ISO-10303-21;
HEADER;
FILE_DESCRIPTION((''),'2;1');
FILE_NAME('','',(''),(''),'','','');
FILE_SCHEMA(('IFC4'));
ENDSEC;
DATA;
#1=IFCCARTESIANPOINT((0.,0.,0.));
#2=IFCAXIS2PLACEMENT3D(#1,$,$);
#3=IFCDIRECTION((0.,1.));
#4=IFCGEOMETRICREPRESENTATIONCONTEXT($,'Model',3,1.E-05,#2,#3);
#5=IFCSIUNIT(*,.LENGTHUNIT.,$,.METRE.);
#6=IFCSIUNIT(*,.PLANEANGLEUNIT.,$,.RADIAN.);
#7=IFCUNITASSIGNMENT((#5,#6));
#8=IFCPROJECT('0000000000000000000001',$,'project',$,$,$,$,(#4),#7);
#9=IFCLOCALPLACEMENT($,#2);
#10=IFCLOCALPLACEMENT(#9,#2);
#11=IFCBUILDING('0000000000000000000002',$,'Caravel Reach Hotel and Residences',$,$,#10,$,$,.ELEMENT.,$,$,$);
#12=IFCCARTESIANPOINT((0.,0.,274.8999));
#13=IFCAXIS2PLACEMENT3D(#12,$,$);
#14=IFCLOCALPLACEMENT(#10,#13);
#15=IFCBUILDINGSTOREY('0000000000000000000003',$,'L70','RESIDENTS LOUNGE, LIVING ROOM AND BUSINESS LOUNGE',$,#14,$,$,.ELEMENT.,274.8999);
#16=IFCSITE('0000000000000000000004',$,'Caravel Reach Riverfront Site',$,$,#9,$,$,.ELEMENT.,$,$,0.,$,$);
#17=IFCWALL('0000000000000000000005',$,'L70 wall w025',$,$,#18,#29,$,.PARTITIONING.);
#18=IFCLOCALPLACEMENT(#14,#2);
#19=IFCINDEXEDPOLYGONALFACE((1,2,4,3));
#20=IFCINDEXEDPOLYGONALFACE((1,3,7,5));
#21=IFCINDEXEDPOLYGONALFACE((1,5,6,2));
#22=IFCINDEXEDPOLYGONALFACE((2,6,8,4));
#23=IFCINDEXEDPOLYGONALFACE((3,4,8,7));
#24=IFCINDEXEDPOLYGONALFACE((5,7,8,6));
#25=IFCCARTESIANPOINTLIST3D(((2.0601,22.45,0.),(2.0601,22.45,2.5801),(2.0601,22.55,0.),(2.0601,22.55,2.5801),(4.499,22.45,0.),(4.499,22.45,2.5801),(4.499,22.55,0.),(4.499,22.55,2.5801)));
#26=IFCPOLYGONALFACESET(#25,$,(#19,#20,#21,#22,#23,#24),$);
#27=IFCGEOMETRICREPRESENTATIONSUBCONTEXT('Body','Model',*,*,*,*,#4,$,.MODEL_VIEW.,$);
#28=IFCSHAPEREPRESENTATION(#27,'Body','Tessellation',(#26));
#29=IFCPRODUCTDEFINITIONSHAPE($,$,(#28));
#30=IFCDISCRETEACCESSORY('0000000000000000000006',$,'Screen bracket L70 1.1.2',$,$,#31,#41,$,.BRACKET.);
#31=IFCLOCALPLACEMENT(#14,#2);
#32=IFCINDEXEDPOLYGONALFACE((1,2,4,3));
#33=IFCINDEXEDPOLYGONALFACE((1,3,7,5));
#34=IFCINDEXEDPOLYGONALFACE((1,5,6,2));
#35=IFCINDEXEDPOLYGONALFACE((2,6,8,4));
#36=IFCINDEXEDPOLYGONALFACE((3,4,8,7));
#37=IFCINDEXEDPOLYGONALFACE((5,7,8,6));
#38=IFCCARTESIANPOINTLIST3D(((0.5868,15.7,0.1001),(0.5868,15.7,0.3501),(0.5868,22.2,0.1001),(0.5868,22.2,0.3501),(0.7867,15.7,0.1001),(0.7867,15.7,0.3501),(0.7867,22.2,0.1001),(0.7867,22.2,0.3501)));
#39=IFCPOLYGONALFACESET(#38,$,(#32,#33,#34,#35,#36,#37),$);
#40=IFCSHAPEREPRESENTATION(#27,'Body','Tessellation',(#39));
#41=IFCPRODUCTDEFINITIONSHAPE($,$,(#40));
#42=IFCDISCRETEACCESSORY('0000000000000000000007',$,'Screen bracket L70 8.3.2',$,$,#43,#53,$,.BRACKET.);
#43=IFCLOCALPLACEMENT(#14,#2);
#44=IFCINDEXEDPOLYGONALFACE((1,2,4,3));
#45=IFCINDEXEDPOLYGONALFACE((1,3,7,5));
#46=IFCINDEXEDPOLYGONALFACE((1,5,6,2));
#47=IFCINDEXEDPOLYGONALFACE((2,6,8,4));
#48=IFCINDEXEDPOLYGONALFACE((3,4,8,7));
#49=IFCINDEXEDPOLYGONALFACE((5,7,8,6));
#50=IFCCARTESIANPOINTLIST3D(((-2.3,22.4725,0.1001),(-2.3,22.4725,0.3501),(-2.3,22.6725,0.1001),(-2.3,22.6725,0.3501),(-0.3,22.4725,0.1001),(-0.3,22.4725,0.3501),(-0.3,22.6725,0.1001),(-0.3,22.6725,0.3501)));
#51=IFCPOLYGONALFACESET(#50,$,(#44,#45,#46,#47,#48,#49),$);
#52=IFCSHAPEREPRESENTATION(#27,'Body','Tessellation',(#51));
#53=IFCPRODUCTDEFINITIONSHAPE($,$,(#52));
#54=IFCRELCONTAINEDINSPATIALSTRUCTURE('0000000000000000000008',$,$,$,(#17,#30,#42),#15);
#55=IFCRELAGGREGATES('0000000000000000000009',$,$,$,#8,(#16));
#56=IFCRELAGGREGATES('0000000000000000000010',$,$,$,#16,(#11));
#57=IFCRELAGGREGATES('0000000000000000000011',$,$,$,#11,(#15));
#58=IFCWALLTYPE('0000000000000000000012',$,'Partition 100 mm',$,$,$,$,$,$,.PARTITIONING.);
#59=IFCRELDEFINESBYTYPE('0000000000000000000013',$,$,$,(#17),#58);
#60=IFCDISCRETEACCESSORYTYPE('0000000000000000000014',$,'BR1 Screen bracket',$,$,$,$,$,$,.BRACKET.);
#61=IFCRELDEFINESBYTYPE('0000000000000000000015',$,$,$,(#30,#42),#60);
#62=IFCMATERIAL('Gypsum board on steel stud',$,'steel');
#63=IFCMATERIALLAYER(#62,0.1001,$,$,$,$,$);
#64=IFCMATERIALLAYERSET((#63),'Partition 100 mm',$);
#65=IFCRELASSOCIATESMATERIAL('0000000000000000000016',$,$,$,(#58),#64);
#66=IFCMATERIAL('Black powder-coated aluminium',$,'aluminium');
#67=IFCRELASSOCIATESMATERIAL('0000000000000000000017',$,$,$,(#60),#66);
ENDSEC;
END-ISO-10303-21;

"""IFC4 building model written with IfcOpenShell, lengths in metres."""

from ifc_helpers import new_model, si_unit, direction, frame, frame_2d, origin, origin_2d, place, context, subcontext, project, spatial, rectangle, extrude, material, layer, layer_set, type_object, element, save


model = new_model("IFC4")

# Units and contexts
model_context = context("Model", 3, precision=1e-05, world=origin(), true_north=direction((0.0, 1.0)))
body_context = subcontext(model_context, "Body", "Model", "MODEL_VIEW")
ifc_project = project(units=[si_unit("LENGTHUNIT", "METRE"), si_unit("PLANEANGLEUNIT", "RADIAN")], contexts=[model_context])

# Site, building, storey
site_placement = place(None, origin())
site = spatial("IfcSite", under=ifc_project, at=site_placement, Name="Caravel Reach Riverfront Site", CompositionType="ELEMENT", RefElevation=0.0)
building_placement = place(site_placement, origin())
building = spatial("IfcBuilding", under=site, at=building_placement, Name="Caravel Reach Hotel and Residences", CompositionType="ELEMENT")
storey_placement = place(building_placement, frame((0.0, 0.0, 274.8999)))
storey = spatial("IfcBuildingStorey", under=building, at=storey_placement, Name="L70", Description="RESIDENTS LOUNGE, LIVING ROOM AND BUSINESS LOUNGE", CompositionType="ELEMENT", Elevation=274.8999)

# Wall
ifc_material_1 = material(Name="Gypsum board on steel stud", Category="steel")
ifc_layer_1 = layer(ifc_material_1, 0.1001)
ifc_layer_set_1 = layer_set([ifc_layer_1], Name="Partition 100 mm")
wall_type_1 = type_object("IfcWallType", Name="Partition 100 mm", PredefinedType="PARTITIONING", material=ifc_layer_set_1)
wall_1_placement = place(storey_placement, frame((2.0601, 22.5, 0.0), z_axis=(0.0, 0.0, 1.0), x_axis=(1.0, 0.0, 0.0)))
element("IfcWall", 1, at=wall_1_placement, inside=storey, type_object=wall_type_1, Name="L70 wall w025", PredefinedType="PARTITIONING", context=body_context, shape_type="SweptSolid", body=[
    extrude(rectangle(XDim=2.439, YDim=0.1001, at=frame_2d((1.2195, 0.0))), origin(), (0.0, 0.0, 1.0), 2.5801),
])

# Discrete accessories
ifc_material_2 = material(Name="Black powder-coated aluminium", Category="aluminium")
discrete_accessory_type = type_object("IfcDiscreteAccessoryType", Name="BR1 Screen bracket", PredefinedType="BRACKET", material=ifc_material_2)
discrete_accessory_1_placement = place(storey_placement, frame((0.6868, 18.95, 0.1001), z_axis=(0.0, 0.0, 1.0), x_axis=(0.0, -1.0, 0.0)))
element("IfcDiscreteAccessory", 2, at=discrete_accessory_1_placement, inside=storey, type_object=discrete_accessory_type, Name="Screen bracket L70 1.1.2", PredefinedType="BRACKET", context=body_context, shape_type="SweptSolid", body=[
    extrude(rectangle(XDim=6.5, YDim=0.2, at=origin_2d()), origin(), (0.0, 0.0, 1.0), 0.25),
])
discrete_accessory_2_placement = place(storey_placement, frame((-1.3, 22.5725, 0.1001), z_axis=(0.0, 0.0, 1.0), x_axis=(-1.0, 0.0, 0.0)))
element("IfcDiscreteAccessory", 3, at=discrete_accessory_2_placement, inside=storey, type_object=discrete_accessory_type, Name="Screen bracket L70 8.3.2", PredefinedType="BRACKET", context=body_context, shape_type="SweptSolid", body=[
    extrude(rectangle(XDim=2.0, YDim=0.2, at=origin_2d()), origin(), (0.0, 0.0, 1.0), 0.25),
])

save(model, "model.ifc")
